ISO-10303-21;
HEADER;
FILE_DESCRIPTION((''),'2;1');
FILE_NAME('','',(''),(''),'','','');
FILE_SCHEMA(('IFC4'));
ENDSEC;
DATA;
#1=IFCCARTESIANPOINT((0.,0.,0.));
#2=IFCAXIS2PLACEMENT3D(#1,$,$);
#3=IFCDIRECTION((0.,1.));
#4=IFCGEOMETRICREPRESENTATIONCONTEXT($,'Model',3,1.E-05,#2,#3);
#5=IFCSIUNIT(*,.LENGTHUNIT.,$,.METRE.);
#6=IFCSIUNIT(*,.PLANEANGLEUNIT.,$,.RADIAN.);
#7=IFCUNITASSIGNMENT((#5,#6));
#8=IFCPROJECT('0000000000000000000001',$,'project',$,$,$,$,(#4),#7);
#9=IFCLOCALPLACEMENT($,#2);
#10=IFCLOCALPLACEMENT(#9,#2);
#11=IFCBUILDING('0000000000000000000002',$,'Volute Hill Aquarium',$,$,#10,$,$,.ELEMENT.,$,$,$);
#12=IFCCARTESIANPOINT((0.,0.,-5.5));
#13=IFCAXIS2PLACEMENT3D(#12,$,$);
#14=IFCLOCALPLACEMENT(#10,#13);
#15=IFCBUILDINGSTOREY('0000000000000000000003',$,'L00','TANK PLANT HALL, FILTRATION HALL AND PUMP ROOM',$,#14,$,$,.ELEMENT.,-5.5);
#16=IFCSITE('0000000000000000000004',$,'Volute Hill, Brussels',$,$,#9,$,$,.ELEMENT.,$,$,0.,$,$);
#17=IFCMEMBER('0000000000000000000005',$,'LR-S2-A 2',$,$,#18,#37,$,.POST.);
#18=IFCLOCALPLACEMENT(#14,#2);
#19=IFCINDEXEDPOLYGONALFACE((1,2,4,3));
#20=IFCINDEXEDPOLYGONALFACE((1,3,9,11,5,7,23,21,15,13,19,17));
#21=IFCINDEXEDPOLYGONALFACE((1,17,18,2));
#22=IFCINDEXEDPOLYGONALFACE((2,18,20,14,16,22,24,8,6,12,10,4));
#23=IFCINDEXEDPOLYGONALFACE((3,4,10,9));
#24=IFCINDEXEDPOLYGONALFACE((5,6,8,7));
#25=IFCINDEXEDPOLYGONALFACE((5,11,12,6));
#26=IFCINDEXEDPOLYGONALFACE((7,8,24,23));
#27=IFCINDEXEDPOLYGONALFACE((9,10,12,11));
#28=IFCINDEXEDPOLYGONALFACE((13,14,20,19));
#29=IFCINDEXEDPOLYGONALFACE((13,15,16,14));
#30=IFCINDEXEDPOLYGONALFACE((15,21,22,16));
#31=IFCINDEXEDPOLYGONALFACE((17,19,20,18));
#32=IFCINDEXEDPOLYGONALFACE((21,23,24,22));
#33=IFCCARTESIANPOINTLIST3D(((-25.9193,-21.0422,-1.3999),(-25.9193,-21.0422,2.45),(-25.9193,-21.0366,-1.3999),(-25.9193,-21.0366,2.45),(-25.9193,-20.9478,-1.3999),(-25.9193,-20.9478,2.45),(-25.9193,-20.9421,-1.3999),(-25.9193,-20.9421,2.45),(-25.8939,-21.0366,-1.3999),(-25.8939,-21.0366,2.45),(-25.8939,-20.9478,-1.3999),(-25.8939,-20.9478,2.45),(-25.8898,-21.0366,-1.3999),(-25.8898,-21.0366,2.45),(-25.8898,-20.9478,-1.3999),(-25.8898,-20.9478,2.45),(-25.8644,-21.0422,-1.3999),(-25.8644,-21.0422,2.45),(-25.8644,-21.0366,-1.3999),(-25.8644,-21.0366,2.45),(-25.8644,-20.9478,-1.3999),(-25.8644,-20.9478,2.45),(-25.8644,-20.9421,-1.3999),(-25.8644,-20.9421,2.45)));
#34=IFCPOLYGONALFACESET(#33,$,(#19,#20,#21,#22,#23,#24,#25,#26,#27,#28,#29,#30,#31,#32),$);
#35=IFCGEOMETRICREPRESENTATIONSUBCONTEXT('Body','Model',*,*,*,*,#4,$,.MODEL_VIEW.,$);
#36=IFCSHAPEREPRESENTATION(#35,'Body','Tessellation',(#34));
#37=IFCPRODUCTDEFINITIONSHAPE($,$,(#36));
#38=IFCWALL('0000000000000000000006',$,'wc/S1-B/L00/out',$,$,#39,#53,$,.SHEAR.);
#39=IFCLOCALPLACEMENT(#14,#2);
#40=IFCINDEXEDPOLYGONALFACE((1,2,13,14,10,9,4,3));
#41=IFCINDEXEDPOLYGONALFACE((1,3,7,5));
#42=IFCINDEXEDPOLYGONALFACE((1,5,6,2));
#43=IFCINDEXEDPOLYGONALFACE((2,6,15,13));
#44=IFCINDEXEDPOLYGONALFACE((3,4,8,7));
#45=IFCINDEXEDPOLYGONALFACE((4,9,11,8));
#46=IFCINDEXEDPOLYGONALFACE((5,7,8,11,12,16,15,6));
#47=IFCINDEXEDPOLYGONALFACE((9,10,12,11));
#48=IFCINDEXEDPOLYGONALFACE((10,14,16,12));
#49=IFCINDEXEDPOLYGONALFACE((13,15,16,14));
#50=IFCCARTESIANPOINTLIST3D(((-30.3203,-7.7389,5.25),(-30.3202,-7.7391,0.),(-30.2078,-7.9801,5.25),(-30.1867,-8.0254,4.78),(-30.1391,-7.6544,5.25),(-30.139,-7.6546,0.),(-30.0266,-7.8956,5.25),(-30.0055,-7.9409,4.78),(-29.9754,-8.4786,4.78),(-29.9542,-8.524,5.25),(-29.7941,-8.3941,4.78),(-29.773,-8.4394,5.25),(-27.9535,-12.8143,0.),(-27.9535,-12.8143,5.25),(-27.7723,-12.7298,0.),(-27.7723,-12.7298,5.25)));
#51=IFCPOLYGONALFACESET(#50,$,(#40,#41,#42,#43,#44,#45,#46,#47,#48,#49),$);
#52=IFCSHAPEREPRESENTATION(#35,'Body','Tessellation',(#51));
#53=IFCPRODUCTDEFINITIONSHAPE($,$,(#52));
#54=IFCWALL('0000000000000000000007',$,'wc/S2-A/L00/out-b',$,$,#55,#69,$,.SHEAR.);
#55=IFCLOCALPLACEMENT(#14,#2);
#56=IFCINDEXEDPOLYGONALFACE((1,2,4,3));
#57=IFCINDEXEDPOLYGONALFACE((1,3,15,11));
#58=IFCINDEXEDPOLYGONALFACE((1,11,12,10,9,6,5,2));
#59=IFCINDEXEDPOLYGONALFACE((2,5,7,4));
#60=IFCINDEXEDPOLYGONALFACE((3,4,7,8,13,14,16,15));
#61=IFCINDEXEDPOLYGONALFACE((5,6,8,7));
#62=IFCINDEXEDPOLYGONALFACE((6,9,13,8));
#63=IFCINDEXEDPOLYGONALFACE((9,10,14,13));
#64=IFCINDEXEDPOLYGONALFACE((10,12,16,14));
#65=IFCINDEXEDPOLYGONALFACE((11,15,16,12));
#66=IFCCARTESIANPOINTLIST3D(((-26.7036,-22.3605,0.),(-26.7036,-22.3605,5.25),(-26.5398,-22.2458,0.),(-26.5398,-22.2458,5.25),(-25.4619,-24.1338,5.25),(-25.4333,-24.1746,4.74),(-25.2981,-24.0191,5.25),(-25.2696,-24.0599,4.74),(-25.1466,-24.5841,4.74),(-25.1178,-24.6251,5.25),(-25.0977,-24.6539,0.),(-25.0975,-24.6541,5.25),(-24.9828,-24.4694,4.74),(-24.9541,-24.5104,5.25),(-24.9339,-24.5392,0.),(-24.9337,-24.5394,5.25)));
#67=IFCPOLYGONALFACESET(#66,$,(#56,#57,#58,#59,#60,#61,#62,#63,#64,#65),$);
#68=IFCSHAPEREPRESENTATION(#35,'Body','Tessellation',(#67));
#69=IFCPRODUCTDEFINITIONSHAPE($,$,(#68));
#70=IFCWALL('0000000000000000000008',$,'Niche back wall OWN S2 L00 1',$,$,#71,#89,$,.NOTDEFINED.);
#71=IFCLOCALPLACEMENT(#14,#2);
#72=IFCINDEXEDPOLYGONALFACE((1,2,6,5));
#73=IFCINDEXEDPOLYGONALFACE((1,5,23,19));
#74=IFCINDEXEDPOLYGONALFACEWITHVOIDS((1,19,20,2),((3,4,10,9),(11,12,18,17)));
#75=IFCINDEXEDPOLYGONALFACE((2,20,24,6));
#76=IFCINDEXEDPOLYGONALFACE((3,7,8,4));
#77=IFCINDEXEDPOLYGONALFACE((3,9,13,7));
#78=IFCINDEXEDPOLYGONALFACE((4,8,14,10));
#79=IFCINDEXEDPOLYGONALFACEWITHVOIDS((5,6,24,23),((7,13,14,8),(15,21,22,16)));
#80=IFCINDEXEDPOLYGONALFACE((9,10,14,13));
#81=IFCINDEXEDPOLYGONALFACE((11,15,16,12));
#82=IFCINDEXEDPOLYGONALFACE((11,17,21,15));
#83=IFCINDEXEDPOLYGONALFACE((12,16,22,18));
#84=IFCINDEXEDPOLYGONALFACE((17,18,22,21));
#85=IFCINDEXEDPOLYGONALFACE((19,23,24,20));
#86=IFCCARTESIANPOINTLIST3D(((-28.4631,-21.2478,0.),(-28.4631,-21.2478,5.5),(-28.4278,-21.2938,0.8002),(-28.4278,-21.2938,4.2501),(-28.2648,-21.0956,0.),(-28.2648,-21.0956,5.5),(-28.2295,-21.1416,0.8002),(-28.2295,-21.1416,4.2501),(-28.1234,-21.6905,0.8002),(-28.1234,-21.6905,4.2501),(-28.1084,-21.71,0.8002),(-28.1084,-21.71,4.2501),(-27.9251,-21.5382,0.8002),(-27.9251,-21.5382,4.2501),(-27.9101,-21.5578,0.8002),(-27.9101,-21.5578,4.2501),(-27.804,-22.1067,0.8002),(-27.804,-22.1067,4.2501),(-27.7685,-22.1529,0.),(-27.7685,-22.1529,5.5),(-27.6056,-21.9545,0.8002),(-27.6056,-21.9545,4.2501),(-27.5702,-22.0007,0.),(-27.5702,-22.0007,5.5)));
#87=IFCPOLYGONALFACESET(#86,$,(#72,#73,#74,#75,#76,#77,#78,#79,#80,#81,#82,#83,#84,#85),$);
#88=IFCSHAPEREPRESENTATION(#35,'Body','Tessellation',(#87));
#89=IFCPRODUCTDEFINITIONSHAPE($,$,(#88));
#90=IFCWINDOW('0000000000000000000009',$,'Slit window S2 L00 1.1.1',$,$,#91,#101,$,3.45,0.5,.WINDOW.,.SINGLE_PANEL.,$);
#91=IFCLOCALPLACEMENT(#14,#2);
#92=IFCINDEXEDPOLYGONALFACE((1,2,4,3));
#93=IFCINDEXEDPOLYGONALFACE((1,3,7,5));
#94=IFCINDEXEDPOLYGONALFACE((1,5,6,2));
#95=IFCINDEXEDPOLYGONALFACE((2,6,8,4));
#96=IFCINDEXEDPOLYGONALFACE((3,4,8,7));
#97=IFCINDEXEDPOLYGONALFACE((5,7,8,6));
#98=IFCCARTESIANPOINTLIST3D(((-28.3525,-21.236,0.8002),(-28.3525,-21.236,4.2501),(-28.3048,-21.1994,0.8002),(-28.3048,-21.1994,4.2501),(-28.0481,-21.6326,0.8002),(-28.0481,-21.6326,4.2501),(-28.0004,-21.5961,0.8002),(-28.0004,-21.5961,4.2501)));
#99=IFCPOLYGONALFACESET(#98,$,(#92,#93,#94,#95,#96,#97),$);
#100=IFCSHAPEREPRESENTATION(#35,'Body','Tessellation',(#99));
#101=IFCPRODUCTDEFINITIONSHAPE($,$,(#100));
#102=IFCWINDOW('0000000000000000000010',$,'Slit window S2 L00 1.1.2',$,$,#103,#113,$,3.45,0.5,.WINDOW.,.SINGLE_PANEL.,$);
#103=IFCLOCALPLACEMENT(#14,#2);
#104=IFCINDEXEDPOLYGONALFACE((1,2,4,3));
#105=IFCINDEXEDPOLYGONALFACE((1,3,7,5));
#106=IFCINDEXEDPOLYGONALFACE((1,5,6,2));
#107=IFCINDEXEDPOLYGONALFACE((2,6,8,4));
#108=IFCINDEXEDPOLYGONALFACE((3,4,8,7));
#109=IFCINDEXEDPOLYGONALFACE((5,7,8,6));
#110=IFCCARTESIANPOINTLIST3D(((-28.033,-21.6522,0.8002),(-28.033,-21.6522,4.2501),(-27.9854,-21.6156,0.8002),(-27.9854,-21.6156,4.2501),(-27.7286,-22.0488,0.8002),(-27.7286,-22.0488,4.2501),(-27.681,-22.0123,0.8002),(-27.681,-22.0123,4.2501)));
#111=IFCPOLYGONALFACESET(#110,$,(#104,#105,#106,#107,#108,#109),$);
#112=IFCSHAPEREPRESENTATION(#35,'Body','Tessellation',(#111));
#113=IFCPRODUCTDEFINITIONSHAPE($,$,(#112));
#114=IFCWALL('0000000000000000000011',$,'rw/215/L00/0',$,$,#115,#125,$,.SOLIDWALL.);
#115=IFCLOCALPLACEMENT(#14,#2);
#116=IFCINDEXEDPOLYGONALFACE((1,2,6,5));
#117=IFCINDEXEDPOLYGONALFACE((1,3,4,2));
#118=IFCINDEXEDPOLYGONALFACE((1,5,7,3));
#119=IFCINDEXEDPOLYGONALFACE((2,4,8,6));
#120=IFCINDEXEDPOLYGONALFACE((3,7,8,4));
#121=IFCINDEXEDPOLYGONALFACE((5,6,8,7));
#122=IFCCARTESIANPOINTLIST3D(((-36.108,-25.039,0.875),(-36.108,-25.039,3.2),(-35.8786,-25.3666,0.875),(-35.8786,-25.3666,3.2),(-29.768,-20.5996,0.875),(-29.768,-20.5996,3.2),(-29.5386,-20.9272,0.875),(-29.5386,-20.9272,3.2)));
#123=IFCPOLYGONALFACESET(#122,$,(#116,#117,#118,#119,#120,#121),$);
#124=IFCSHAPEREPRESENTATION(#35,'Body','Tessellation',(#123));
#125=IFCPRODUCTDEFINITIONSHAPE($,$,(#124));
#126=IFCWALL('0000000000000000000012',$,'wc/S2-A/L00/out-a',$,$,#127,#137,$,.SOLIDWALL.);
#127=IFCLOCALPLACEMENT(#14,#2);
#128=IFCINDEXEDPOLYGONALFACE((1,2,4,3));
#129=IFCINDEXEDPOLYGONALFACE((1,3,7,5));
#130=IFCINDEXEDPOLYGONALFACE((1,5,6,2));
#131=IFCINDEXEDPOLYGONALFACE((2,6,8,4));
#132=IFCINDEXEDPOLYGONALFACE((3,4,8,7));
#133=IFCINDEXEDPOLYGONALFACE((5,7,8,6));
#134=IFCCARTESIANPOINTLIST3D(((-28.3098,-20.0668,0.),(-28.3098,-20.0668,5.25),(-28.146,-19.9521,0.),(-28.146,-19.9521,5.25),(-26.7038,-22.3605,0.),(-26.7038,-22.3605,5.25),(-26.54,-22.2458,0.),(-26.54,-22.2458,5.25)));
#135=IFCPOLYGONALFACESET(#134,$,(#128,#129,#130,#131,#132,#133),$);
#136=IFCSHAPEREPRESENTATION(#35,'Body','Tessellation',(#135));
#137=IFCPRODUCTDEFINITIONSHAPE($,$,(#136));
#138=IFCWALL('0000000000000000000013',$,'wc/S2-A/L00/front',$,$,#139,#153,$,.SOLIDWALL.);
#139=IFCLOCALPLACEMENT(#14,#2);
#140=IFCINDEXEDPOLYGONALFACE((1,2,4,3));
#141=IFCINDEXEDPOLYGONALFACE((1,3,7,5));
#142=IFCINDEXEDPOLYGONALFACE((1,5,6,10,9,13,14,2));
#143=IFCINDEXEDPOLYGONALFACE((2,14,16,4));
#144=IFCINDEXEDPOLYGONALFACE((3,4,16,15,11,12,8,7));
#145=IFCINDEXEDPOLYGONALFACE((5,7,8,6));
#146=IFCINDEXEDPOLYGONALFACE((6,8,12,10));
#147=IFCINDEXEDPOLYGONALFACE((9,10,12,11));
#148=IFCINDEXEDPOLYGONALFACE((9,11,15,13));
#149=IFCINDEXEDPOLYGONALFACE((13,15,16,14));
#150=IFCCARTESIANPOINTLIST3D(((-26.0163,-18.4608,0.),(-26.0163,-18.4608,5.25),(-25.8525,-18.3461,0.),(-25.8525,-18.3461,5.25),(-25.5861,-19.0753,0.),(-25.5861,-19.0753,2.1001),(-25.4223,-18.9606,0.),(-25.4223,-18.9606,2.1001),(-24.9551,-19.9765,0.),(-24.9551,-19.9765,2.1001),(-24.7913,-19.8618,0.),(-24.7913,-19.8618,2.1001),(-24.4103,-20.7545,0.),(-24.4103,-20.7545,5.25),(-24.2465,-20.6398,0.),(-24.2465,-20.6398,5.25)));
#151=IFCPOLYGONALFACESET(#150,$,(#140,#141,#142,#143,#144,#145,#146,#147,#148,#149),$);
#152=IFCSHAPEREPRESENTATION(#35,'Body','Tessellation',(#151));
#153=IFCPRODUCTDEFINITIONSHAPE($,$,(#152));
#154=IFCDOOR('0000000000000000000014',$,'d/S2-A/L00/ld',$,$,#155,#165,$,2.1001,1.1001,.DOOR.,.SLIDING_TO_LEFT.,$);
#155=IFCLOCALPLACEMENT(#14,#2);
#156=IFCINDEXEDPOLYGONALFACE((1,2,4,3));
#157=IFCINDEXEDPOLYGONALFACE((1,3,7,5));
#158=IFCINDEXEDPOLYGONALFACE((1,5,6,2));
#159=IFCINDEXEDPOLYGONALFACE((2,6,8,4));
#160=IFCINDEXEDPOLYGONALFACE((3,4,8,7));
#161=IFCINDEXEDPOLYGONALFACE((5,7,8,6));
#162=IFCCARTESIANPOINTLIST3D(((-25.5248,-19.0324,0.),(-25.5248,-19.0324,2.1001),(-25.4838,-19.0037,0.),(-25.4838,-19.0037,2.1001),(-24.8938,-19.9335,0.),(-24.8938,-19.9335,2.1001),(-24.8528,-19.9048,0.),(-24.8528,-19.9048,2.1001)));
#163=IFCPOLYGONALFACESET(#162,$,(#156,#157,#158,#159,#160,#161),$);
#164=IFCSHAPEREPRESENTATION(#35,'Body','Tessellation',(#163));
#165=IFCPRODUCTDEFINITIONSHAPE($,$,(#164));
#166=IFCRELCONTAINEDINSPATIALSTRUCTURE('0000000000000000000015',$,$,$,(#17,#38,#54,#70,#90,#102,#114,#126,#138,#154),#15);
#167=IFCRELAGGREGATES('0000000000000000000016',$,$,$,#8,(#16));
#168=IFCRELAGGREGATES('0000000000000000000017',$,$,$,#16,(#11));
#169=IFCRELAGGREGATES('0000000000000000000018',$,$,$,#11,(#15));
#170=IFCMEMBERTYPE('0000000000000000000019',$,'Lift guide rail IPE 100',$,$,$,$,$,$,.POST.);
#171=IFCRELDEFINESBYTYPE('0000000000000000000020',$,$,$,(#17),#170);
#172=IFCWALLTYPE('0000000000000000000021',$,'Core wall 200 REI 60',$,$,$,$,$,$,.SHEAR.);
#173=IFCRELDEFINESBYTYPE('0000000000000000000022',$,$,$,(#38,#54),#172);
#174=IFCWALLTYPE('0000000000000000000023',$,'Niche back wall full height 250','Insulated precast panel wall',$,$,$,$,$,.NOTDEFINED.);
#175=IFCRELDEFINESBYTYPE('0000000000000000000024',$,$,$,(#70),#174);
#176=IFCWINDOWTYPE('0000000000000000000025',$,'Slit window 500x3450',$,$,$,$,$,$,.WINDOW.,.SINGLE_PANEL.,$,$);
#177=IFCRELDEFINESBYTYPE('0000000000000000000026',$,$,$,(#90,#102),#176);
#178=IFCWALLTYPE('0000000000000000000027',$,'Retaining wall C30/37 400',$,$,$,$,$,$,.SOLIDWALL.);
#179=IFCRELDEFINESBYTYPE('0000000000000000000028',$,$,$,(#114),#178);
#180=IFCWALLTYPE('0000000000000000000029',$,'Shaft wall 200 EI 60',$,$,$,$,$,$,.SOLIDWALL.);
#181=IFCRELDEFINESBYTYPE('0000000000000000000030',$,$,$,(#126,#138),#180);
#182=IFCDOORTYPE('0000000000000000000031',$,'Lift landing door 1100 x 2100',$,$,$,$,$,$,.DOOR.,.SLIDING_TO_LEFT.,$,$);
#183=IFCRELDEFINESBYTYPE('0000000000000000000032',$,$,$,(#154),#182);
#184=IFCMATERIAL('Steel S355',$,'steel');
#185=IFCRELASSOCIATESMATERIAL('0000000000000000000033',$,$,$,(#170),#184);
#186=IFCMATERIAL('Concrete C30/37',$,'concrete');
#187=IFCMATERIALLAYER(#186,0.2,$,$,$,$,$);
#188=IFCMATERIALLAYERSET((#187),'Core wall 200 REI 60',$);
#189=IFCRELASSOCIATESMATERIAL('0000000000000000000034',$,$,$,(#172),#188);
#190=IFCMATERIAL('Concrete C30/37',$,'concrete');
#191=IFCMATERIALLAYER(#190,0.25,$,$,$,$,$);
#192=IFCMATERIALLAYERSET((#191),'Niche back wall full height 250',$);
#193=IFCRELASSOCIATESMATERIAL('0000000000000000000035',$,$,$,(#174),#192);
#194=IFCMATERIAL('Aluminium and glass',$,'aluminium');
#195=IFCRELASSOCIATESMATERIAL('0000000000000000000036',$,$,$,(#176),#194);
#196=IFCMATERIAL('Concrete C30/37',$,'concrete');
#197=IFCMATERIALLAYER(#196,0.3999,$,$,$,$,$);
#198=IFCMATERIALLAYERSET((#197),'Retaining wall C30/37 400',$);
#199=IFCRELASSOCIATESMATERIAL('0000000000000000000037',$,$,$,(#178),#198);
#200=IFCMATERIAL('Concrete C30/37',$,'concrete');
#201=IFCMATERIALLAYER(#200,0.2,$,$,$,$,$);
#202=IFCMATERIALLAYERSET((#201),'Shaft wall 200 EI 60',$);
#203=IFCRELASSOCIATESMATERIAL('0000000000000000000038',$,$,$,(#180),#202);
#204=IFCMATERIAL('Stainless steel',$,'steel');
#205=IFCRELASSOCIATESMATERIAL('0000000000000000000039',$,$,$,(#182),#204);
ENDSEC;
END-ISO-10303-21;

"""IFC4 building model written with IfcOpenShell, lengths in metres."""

from ifc_helpers import new_model, si_unit, direction, frame, frame_2d, origin, origin_2d, place, context, subcontext, project, spatial, polyline, rectangle, i_section, outline, extrude, material, layer, layer_set, material_profile, profile_set, type_object, element, fill, save


model = new_model("IFC4")

# Units and contexts
model_context = context("Model", 3, precision=1e-05, world=origin(), true_north=direction((0.0, 1.0)))
body_context = subcontext(model_context, "Body", "Model", "MODEL_VIEW")
ifc_project = project(units=[si_unit("LENGTHUNIT", "METRE"), si_unit("PLANEANGLEUNIT", "RADIAN")], contexts=[model_context])

# Site, building, storey
site_placement = place(None, origin())
site = spatial("IfcSite", under=ifc_project, at=site_placement, Name="Volute Hill, Brussels", CompositionType="ELEMENT", RefElevation=0.0)
building_placement = place(site_placement, origin())
building = spatial("IfcBuilding", under=site, at=building_placement, Name="Volute Hill Aquarium", CompositionType="ELEMENT")
storey_placement = place(building_placement, frame((0.0, 0.0, -5.5)))
storey = spatial("IfcBuildingStorey", under=building, at=storey_placement, Name="L00", Description="TANK PLANT HALL, FILTRATION HALL AND PUMP ROOM", CompositionType="ELEMENT", Elevation=-5.5)

# Member
ifc_material_1 = material(Name="Steel S355", Category="steel")
ifc_material_profile_1 = material_profile(ifc_material_1, i_section(OverallWidth=0.0549, OverallDepth=0.1001, WebThickness=0.0042, FlangeThickness=0.0056, at=origin_2d()), Name="IPE 100")
ifc_profile_set_1 = profile_set([ifc_material_profile_1], Name="Steel S355")
member_type_1 = type_object("IfcMemberType", Name="Lift guide rail IPE 100", PredefinedType="POST", material=ifc_profile_set_1)
for number, where, z_axis, x_axis, name in (
    (1, (-25.8918, -20.9922, -1.3999), (0.0, 0.0, 1.0), (1.0, 0.0, 0.0), "LR-S2-A 2"),
):
    element("IfcMember", number, at=place(storey_placement, frame(where, z_axis=z_axis, x_axis=x_axis)), inside=storey, type_object=member_type_1, Name=name, PredefinedType="POST", context=body_context, shape_type="SweptSolid", body=[
        extrude(i_section(OverallWidth=0.0549, OverallDepth=0.1001, WebThickness=0.0042, FlangeThickness=0.0056, at=origin_2d()), origin(), (0.0, 0.0, 1.0), 3.8499),
    ])

# Walls
ifc_material_2 = material(Name="Concrete C30/37", Category="concrete")
ifc_layer_1 = layer(ifc_material_2, 0.2)
ifc_layer_set_1 = layer_set([ifc_layer_1], Name="Core wall 200 REI 60")
wall_type_1 = type_object("IfcWallType", Name="Core wall 200 REI 60", PredefinedType="SHEAR", material=ifc_layer_set_1)
wall_1_placement = place(storey_placement, frame((-27.8628, -12.772, 0.0), z_axis=(0.0, 0.0, 1.0), x_axis=(-0.422632, 0.906301, 0.0)))
element("IfcWall", 2, at=wall_1_placement, inside=storey, type_object=wall_type_1, Name="wc/S1-B/L00/out", PredefinedType="SHEAR", context=body_context, shape_type="SweptSolid", body=[
    extrude(outline(polyline([(0.0, 0.0), (5.5999, 0.0), (5.6001, 5.25), (5.334, 5.25), (5.2839, 4.78), (4.7839, 4.78), (4.7339, 5.25), (0.0, 5.25), (0.0, 0.0)])), frame((0.0, 0.1001, 0.0), z_axis=(0.0, -1.0, 0.0), x_axis=(1.0, 0.0, 0.0)), (0.0, 0.0, 1.0), 0.2),
])
wall_2_placement = place(storey_placement, frame((-26.6218, -22.3032, 0.0), z_axis=(0.0, 0.0, 1.0), x_axis=(0.573591, -0.819142, 0.0)))
element("IfcWall", 3, at=wall_2_placement, inside=storey, type_object=wall_type_1, Name="wc/S2-A/L00/out-b", PredefinedType="SHEAR", context=body_context, shape_type="SweptSolid", body=[
    extrude(outline(polyline([(0.0, 0.0), (2.7998, 0.0), (2.8, 5.25), (2.7646, 5.25), (2.7146, 4.74), (2.2146, 4.74), (2.1648, 5.25), (0.0, 5.25), (0.0, 0.0)])), frame((0.0, 0.1001, 0.0), z_axis=(0.0, -1.0, 0.0), x_axis=(1.0, 0.0, 0.0)), (0.0, 0.0, 1.0), 0.2),
])

# Wall, openings, windows
ifc_material_3 = material(Name="Concrete C30/37", Category="concrete")
ifc_layer_2 = layer(ifc_material_3, 0.25)
ifc_layer_set_2 = layer_set([ifc_layer_2], Name="Niche back wall full height 250")
wall_type_2 = type_object("IfcWallType", Name="Niche back wall full height 250", Description="Insulated precast panel wall", PredefinedType="NOTDEFINED", material=ifc_layer_set_2)
wall_3_placement = place(storey_placement, frame((-27.6694, -22.0767, 0.0), z_axis=(0.0, 0.0, 1.0), x_axis=(-0.608831, 0.7933, 0.0)))
wall_3 = element("IfcWall", 4, at=wall_3_placement, inside=storey, type_object=wall_type_2, Name="Niche back wall OWN S2 L00 1", PredefinedType="NOTDEFINED", context=body_context, shape_type="SweptSolid", body=[
    extrude(rectangle(XDim=1.1409, YDim=0.25, at=frame_2d((0.5703, 0.0))), origin(), (0.0, 0.0, 1.0), 5.5),
])
opening_1_placement = place(wall_3_placement, frame((0.5828, 0.0, 0.8)))
opening_1 = element("IfcOpeningElement", 5, at=opening_1_placement, cuts=wall_3, PredefinedType="OPENING", context=body_context, shape_type="SweptSolid", body=[
    extrude(rectangle(XDim=0.5, YDim=3.45, at=frame_2d((0.25, 1.7251))), frame((0.0, 0.135, 0.0), z_axis=(0.0, -1.0, 0.0), x_axis=(1.0, 0.0, 0.0)), (0.0, 0.0, 1.0), 0.27),
])
opening_2_placement = place(wall_3_placement, frame((0.0581, 0.0, 0.8)))
opening_2 = element("IfcOpeningElement", 6, at=opening_2_placement, cuts=wall_3, PredefinedType="OPENING", context=body_context, shape_type="SweptSolid", body=[
    extrude(rectangle(XDim=0.5, YDim=3.45, at=frame_2d((0.25, 1.7251))), frame((0.0, 0.135, 0.0), z_axis=(0.0, -1.0, 0.0), x_axis=(1.0, 0.0, 0.0)), (0.0, 0.0, 1.0), 0.27),
])
ifc_material_4 = material(Name="Aluminium and glass", Category="aluminium")
window_type = type_object("IfcWindowType", Name="Slit window 500x3450", PartitioningType="SINGLE_PANEL", PredefinedType="WINDOW", material=ifc_material_4)
window_1_placement = place(opening_1_placement, origin())
window_1 = element("IfcWindow", 7, at=window_1_placement, inside=storey, type_object=window_type, Name="Slit window S2 L00 1.1.1", OverallHeight=3.45, OverallWidth=0.5, PartitioningType="SINGLE_PANEL", PredefinedType="WINDOW", context=body_context, shape_type="SweptSolid", body=[
    extrude(rectangle(XDim=0.5, YDim=3.45, at=frame_2d((0.25, 1.7251))), frame((0.0, 0.03, 0.0), z_axis=(0.0, -1.0, 0.0), x_axis=(1.0, 0.0, 0.0)), (0.0, 0.0, 1.0), 0.0601),
])
fill(opening_1, window_1)
window_2_placement = place(opening_2_placement, origin())
window_2 = element("IfcWindow", 8, at=window_2_placement, inside=storey, type_object=window_type, Name="Slit window S2 L00 1.1.2", OverallHeight=3.45, OverallWidth=0.5, PartitioningType="SINGLE_PANEL", PredefinedType="WINDOW", context=body_context, shape_type="SweptSolid", body=[
    extrude(rectangle(XDim=0.5, YDim=3.45, at=frame_2d((0.25, 1.7251))), frame((0.0, 0.03, 0.0), z_axis=(0.0, -1.0, 0.0), x_axis=(1.0, 0.0, 0.0)), (0.0, 0.0, 1.0), 0.0601),
])
fill(opening_2, window_2)

# Walls
ifc_material_5 = material(Name="Concrete C30/37", Category="concrete")
ifc_layer_3 = layer(ifc_material_5, 0.3999)
ifc_layer_set_3 = layer_set([ifc_layer_3], Name="Retaining wall C30/37 400")
wall_type_3 = type_object("IfcWallType", Name="Retaining wall C30/37 400", PredefinedType="SOLIDWALL", material=ifc_layer_set_3)
wall_4_placement = place(storey_placement, frame((-29.6533, -20.7634, 0.875), z_axis=(0.0, 0.0, 1.0), x_axis=(-0.819147, -0.573583, 0.0)))
element("IfcWall", 9, at=wall_4_placement, inside=storey, type_object=wall_type_3, Name="rw/215/L00/0", PredefinedType="SOLIDWALL", context=body_context, shape_type="SweptSolid", body=[
    extrude(rectangle(XDim=7.7397, YDim=0.3999, at=frame_2d((3.8699, 0.0))), origin(), (0.0, 0.0, 1.0), 2.325),
])
ifc_material_6 = material(Name="Concrete C30/37", Category="concrete")
ifc_layer_4 = layer(ifc_material_6, 0.2)
ifc_layer_set_4 = layer_set([ifc_layer_4], Name="Shaft wall 200 EI 60")
wall_type_4 = type_object("IfcWallType", Name="Shaft wall 200 EI 60", PredefinedType="SOLIDWALL", material=ifc_layer_set_4)
wall_5_placement = place(storey_placement, frame((-28.2278, -20.0095, 0.0), z_axis=(0.0, 0.0, 1.0), x_axis=(0.57355, -0.81917, 0.0)))
element("IfcWall", 10, at=wall_5_placement, inside=storey, type_object=wall_type_4, Name="wc/S2-A/L00/out-a", PredefinedType="SOLIDWALL", context=body_context, shape_type="SweptSolid", body=[
    extrude(rectangle(XDim=2.8, YDim=0.2, at=frame_2d((1.3999, 0.0))), origin(), (0.0, 0.0, 1.0), 5.25),
])

# Wall, opening, door
wall_6_placement = place(storey_placement, frame((-25.9343, -18.4036, 0.0), z_axis=(0.0, 0.0, 1.0), x_axis=(0.57355, -0.81917, 0.0)))
wall_6 = element("IfcWall", 11, at=wall_6_placement, inside=storey, type_object=wall_type_4, Name="wc/S2-A/L00/front", PredefinedType="SOLIDWALL", context=body_context, shape_type="SweptSolid", body=[
    extrude(rectangle(XDim=2.8, YDim=0.2, at=frame_2d((1.3999, 0.0))), origin(), (0.0, 0.0, 1.0), 5.25),
])
opening_3_placement = place(wall_6_placement, frame((0.75, 0.0, 0.0)))
opening_3 = element("IfcOpeningElement", 12, at=opening_3_placement, cuts=wall_6, PredefinedType="OPENING", context=body_context, shape_type="SweptSolid", body=[
    extrude(rectangle(XDim=1.1001, YDim=2.1001, at=frame_2d((0.55, 1.05))), frame((0.0, 0.1099, 0.0), z_axis=(0.0, -1.0, 0.0), x_axis=(1.0, 0.0, 0.0)), (0.0, 0.0, 1.0), 0.22),
])
ifc_material_7 = material(Name="Stainless steel", Category="steel")
door_type = type_object("IfcDoorType", Name="Lift landing door 1100 x 2100", OperationType="SLIDING_TO_LEFT", PredefinedType="DOOR", material=ifc_material_7)
door_placement = place(opening_3_placement, origin())
door = element("IfcDoor", 13, at=door_placement, inside=storey, type_object=door_type, Name="d/S2-A/L00/ld", OperationType="SLIDING_TO_LEFT", OverallHeight=2.1001, OverallWidth=1.1001, PredefinedType="DOOR", context=body_context, shape_type="SweptSolid", body=[
    extrude(rectangle(XDim=1.1001, YDim=2.1001, at=frame_2d((0.55, 1.05))), frame((0.0, 0.0249, 0.0), z_axis=(0.0, -1.0, 0.0), x_axis=(1.0, 0.0, 0.0)), (0.0, 0.0, 1.0), 0.05),
])
fill(opening_3, door)

save(model, "model.ifc")
